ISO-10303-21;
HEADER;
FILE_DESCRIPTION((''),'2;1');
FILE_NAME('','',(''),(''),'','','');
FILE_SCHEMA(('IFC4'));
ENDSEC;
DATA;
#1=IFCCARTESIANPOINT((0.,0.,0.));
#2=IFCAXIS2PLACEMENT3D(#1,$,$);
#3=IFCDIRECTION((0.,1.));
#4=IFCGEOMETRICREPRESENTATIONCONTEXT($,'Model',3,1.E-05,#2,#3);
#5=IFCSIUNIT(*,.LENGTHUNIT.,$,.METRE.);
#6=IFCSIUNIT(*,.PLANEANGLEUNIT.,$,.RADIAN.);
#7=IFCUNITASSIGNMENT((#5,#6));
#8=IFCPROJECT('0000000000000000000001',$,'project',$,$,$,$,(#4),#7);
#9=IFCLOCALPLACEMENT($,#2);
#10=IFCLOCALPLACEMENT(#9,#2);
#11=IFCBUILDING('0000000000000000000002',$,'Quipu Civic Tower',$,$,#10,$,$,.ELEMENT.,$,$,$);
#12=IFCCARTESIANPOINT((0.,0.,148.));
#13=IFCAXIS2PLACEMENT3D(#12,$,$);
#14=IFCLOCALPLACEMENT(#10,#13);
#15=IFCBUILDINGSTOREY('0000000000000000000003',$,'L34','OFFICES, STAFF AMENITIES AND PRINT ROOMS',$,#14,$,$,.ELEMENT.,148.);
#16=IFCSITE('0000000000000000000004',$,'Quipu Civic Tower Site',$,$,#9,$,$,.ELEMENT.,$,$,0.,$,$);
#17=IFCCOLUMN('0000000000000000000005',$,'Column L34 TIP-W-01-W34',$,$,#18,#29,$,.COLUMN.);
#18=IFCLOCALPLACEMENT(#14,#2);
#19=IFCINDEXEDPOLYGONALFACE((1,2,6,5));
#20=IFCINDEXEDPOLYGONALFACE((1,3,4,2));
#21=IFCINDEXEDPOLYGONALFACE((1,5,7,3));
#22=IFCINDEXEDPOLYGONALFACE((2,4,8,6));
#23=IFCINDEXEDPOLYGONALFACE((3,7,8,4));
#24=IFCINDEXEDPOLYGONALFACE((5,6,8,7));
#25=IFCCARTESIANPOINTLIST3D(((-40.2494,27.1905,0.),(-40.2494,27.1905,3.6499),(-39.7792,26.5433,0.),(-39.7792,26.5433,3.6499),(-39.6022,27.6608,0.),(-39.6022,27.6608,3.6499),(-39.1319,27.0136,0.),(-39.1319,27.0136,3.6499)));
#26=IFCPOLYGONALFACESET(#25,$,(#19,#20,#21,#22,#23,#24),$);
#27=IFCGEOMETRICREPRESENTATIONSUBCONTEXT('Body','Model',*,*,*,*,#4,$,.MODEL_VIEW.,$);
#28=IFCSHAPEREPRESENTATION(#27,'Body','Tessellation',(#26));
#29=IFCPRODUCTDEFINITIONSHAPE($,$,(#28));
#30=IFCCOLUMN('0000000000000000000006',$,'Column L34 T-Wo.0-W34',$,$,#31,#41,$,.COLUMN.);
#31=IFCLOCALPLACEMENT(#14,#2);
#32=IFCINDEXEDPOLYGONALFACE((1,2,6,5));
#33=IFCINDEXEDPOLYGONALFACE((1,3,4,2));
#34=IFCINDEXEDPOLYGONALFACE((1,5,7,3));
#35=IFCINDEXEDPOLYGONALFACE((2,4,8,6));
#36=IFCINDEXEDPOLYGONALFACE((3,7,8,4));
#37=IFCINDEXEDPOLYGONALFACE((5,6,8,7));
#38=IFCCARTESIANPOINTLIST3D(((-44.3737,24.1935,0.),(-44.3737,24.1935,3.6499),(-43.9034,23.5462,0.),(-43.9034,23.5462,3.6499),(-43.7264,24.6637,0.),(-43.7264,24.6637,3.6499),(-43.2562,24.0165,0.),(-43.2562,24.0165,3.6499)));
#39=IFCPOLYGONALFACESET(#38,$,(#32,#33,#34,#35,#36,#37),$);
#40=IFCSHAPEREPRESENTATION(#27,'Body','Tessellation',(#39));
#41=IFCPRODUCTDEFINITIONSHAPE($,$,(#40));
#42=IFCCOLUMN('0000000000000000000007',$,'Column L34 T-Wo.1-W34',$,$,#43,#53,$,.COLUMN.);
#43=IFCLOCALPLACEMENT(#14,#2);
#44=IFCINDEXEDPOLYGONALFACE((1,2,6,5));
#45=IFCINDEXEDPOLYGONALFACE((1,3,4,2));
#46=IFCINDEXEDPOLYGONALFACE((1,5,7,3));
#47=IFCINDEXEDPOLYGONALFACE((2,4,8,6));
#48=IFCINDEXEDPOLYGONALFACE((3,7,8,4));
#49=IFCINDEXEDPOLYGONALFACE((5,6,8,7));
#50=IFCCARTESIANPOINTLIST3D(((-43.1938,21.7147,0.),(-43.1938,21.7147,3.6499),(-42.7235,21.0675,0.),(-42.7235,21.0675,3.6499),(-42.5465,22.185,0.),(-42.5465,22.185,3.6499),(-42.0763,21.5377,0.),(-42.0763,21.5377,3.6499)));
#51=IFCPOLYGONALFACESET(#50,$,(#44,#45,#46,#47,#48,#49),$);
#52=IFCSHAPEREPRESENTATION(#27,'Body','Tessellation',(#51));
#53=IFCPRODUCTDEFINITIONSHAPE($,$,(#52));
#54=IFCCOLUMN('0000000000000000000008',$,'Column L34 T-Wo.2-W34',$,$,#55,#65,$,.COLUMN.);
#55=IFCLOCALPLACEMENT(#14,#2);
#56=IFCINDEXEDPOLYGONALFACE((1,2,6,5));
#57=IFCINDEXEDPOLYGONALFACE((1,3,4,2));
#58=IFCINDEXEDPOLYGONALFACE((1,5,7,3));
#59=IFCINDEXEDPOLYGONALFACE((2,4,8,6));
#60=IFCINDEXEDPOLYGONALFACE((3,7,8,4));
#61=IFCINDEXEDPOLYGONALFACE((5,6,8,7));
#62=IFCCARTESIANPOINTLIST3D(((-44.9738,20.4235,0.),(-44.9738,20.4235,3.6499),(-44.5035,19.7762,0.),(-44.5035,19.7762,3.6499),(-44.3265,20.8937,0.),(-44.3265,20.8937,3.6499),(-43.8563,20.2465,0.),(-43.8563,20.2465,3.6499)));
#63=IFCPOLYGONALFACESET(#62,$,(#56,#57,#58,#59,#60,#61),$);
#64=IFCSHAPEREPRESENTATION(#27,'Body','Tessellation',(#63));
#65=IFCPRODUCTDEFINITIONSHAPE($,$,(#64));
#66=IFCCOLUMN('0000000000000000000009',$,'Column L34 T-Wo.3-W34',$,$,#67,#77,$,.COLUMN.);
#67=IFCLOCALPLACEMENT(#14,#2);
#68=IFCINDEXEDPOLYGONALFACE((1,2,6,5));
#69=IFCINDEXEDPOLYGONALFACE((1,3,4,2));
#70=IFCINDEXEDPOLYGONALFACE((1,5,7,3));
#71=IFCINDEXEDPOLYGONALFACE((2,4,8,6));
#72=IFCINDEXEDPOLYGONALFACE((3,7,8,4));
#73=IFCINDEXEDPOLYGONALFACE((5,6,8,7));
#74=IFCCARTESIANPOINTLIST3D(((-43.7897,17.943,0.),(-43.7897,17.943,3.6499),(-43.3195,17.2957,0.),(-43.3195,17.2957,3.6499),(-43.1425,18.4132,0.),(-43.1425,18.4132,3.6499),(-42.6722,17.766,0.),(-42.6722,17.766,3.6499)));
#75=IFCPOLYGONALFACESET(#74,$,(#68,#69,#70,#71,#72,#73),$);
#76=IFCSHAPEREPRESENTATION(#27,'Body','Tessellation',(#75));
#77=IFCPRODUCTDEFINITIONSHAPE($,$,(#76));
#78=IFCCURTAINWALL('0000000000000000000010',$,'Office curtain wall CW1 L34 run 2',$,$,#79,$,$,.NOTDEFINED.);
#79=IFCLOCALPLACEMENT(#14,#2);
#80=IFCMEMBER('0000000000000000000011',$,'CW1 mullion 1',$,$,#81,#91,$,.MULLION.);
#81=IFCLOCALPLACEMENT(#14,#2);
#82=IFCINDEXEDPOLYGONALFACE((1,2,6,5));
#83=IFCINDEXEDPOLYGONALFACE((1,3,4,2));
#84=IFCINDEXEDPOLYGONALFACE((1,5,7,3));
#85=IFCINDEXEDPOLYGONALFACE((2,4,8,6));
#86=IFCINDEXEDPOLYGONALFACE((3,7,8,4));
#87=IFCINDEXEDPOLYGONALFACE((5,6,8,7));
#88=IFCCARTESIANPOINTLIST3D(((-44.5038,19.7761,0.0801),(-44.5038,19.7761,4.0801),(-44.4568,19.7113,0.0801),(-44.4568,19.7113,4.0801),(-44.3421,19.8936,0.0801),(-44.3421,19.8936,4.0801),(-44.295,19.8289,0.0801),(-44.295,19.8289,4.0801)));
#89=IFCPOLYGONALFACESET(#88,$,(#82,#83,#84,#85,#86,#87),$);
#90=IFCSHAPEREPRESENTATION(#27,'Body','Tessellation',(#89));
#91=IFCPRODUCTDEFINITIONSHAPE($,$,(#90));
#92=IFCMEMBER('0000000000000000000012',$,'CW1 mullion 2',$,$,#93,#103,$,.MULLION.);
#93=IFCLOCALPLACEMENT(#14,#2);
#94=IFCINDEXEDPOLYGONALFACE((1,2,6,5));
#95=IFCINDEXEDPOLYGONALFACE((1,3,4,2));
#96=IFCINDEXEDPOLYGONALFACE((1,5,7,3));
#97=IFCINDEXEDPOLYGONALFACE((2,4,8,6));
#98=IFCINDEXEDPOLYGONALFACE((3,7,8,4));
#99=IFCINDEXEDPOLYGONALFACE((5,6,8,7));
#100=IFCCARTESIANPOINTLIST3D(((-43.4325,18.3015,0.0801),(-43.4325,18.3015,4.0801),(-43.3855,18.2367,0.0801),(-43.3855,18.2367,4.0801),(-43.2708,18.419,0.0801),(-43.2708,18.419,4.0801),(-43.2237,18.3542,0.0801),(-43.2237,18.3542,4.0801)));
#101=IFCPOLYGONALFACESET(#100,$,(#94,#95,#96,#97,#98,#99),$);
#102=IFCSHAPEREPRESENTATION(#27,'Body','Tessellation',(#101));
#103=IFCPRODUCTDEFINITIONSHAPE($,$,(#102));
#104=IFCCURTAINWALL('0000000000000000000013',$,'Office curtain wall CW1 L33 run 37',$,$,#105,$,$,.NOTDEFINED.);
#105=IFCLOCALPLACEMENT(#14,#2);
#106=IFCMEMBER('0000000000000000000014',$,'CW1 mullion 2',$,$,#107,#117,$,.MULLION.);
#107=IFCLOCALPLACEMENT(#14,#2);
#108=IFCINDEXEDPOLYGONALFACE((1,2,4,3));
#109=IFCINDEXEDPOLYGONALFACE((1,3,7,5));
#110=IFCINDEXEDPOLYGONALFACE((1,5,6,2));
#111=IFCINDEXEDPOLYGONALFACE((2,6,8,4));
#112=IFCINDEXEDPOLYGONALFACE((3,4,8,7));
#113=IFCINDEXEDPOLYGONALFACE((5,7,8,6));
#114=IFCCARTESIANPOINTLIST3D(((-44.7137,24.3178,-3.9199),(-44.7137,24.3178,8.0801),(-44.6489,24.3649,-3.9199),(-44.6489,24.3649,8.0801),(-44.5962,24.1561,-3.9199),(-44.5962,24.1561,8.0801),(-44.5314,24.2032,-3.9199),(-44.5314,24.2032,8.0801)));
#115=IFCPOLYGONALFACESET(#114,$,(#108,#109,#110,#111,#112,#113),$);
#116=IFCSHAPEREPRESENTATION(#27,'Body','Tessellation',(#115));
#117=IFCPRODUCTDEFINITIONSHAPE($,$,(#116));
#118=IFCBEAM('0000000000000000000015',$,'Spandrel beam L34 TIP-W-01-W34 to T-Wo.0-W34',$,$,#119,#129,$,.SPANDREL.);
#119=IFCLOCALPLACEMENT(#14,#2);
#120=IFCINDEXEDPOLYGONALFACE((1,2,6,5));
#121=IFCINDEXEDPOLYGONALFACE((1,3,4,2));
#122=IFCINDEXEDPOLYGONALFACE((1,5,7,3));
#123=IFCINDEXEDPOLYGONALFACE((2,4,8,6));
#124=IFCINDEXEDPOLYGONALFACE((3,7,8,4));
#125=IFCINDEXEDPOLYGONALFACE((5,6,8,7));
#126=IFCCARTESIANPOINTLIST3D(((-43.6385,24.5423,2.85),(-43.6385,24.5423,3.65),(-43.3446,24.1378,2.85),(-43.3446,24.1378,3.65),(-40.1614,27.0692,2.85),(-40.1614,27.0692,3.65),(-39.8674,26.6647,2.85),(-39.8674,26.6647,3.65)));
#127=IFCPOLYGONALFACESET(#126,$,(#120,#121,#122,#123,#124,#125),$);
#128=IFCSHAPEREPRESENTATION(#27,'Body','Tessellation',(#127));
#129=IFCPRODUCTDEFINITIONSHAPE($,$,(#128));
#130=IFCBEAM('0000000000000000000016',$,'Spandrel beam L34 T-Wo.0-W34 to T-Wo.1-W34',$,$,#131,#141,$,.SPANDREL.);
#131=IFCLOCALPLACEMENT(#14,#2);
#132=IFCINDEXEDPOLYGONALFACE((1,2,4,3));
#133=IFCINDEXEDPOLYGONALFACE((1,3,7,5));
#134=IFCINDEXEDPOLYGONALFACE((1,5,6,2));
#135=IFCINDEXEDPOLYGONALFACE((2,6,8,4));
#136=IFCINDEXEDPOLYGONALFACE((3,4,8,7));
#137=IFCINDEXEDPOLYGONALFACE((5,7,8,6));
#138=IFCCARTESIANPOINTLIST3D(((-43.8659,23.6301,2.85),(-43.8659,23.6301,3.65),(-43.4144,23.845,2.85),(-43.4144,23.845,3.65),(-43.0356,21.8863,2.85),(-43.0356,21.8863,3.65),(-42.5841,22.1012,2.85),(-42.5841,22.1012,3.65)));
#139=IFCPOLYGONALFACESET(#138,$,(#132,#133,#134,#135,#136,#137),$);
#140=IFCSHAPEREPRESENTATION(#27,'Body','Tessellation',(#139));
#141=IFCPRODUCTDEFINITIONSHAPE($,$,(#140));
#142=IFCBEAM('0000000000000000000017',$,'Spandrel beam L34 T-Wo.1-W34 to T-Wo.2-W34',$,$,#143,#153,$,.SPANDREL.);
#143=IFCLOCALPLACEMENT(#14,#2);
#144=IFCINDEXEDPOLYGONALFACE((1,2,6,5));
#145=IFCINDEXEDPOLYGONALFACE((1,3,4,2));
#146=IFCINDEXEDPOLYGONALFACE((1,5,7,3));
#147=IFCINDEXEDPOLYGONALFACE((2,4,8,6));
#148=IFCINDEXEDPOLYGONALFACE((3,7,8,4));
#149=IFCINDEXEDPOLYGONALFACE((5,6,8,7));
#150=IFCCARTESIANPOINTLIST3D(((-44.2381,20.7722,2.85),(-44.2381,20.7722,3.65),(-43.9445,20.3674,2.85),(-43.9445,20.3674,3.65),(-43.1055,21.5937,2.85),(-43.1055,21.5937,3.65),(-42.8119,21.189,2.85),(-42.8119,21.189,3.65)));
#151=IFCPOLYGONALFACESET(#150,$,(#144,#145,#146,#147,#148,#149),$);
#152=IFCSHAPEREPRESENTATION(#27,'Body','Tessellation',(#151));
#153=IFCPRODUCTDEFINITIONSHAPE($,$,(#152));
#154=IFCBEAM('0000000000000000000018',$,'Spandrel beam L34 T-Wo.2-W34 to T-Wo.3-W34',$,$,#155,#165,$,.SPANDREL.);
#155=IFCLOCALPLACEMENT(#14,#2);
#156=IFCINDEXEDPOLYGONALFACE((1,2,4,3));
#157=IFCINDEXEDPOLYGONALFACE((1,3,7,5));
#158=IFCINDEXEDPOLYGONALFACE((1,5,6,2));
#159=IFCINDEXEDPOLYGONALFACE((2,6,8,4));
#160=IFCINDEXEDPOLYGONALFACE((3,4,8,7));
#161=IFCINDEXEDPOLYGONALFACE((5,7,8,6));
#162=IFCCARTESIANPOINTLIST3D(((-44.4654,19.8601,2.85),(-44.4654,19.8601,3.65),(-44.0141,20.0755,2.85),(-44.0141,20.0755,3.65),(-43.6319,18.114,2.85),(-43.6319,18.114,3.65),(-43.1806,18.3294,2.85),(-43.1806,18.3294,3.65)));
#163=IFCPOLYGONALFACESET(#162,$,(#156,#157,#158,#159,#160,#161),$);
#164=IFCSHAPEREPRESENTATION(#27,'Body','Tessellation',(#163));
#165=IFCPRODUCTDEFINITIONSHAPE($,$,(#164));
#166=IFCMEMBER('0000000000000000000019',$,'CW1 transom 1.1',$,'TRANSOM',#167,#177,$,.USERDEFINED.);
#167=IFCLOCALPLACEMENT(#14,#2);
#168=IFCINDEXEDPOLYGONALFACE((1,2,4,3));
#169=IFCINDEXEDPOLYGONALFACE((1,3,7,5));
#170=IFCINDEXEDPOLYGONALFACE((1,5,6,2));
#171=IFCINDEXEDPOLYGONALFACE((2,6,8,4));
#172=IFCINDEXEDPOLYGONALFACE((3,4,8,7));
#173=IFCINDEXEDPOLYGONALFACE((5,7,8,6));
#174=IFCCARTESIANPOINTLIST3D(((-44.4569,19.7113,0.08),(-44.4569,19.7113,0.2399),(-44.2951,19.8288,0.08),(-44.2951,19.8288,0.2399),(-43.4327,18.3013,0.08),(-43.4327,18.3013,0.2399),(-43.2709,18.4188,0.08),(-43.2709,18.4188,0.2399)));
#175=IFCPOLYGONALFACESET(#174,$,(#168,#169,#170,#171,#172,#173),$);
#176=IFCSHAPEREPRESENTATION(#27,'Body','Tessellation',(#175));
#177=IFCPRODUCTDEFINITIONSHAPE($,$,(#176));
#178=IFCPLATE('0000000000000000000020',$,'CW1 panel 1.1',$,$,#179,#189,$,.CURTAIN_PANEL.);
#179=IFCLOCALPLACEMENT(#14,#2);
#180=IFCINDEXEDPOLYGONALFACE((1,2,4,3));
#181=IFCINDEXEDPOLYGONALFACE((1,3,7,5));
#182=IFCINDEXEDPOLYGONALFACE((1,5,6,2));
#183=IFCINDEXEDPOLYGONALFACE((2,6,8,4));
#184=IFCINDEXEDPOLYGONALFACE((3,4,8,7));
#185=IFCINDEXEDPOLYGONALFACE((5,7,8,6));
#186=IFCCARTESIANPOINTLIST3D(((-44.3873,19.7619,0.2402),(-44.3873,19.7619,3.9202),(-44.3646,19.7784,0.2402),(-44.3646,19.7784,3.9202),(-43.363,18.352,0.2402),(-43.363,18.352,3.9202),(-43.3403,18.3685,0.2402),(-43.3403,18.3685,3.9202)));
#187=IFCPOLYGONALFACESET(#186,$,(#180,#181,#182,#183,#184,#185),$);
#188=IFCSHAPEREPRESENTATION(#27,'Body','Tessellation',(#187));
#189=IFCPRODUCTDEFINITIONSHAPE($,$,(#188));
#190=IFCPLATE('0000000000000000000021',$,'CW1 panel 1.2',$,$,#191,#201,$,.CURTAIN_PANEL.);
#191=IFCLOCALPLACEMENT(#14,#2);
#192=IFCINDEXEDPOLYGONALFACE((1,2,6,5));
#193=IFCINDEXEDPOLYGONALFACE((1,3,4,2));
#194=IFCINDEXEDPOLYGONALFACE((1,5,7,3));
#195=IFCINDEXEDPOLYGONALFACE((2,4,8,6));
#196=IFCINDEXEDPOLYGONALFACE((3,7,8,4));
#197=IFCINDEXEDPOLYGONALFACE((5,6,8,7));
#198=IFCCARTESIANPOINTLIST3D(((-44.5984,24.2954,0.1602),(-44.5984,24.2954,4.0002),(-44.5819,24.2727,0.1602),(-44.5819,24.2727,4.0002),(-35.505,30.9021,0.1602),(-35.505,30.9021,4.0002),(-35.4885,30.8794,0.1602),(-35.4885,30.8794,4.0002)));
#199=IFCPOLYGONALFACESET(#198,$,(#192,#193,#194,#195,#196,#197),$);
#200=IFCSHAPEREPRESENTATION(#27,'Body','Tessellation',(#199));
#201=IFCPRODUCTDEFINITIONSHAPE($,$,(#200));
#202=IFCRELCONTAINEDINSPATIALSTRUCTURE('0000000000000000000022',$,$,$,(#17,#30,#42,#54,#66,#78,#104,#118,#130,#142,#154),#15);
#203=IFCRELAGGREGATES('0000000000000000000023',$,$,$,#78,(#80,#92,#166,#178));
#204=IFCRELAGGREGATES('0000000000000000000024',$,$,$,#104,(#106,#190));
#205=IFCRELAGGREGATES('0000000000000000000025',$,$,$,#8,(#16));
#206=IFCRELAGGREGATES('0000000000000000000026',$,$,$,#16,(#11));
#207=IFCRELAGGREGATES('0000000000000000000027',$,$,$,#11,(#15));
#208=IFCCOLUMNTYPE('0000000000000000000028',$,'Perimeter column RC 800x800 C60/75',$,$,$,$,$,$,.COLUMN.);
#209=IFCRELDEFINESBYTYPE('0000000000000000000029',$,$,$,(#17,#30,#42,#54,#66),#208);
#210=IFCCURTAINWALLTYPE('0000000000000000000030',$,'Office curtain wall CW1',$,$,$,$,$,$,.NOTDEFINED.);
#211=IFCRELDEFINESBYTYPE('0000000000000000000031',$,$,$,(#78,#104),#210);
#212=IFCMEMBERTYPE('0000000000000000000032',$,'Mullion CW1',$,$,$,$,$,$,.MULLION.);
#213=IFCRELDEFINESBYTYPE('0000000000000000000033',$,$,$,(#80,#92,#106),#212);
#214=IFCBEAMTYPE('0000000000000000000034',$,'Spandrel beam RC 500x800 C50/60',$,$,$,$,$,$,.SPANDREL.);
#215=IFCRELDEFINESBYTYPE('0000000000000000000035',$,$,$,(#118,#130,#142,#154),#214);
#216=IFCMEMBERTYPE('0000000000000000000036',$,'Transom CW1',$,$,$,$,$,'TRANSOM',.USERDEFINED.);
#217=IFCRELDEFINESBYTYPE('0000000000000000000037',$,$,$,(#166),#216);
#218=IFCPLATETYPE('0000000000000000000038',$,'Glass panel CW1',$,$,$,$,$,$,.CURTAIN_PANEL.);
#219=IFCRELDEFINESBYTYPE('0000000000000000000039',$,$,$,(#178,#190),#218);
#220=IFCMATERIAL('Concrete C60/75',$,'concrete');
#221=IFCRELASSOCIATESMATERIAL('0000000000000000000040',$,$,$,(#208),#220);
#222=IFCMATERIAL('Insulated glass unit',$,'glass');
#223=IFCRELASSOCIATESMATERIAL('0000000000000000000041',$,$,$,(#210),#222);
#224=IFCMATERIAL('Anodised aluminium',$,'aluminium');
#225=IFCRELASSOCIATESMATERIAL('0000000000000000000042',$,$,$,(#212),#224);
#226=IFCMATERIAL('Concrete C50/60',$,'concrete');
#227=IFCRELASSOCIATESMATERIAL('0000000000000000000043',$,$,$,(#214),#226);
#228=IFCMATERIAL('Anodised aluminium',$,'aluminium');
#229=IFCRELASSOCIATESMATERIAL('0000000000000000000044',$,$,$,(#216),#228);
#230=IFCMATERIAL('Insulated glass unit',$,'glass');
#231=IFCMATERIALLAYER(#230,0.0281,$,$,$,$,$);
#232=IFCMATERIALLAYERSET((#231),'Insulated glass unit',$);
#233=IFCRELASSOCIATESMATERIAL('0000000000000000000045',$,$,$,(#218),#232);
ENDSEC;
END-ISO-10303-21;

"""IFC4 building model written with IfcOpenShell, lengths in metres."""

from ifc_helpers import new_model, si_unit, direction, frame, origin, origin_2d, place, context, subcontext, project, spatial, rectangle, extrude, material, layer, layer_set, material_profile, profile_set, type_object, element, aggregate, save


model = new_model("IFC4")

# Units and contexts
model_context = context("Model", 3, precision=1e-05, world=origin(), true_north=direction((0.0, 1.0)))
body_context = subcontext(model_context, "Body", "Model", "MODEL_VIEW")
ifc_project = project(units=[si_unit("LENGTHUNIT", "METRE"), si_unit("PLANEANGLEUNIT", "RADIAN")], contexts=[model_context])

# Site, building, storey
site_placement = place(None, origin())
site = spatial("IfcSite", under=ifc_project, at=site_placement, Name="Quipu Civic Tower Site", CompositionType="ELEMENT", RefElevation=0.0)
building_placement = place(site_placement, origin())
building = spatial("IfcBuilding", under=site, at=building_placement, Name="Quipu Civic Tower", CompositionType="ELEMENT")
storey_placement = place(building_placement, frame((0.0, 0.0, 148.0)))
storey = spatial("IfcBuildingStorey", under=building, at=storey_placement, Name="L34", Description="OFFICES, STAFF AMENITIES AND PRINT ROOMS", CompositionType="ELEMENT", Elevation=148.0)

# Columns
ifc_material_1 = material(Name="Concrete C60/75", Category="concrete")
ifc_material_profile_1 = material_profile(ifc_material_1, rectangle(XDim=0.8, YDim=0.8, at=origin_2d()), Name="RC800x800")
ifc_profile_set_1 = profile_set([ifc_material_profile_1], Name="Concrete C60/75")
column_type = type_object("IfcColumnType", Name="Perimeter column RC 800x800 C60/75", PredefinedType="COLUMN", material=ifc_profile_set_1)
for number, where, z_axis, x_axis, name in (
    (1, (-39.6907, 27.1021, 0.0), (0.0, 0.0, 1.0), (-0.809017, -0.587785, 0.0), "Column L34 TIP-W-01-W34"),
    (2, (-43.8149, 24.105, 0.0), (0.0, 0.0, 1.0), (-0.809017, -0.587785, 0.0), "Column L34 T-Wo.0-W34"),
    (3, (-42.635, 21.6262, 0.0), (0.0, 0.0, 1.0), (-0.809017, -0.587785, 0.0), "Column L34 T-Wo.1-W34"),
    (4, (-44.415, 20.335, 0.0), (0.0, 0.0, 1.0), (0.587785, -0.809017, 0.0), "Column L34 T-Wo.2-W34"),
    (5, (-43.231, 17.8545, 0.0), (0.0, 0.0, 1.0), (0.587785, -0.809017, 0.0), "Column L34 T-Wo.3-W34"),
):
    element("IfcColumn", number, at=place(storey_placement, frame(where, z_axis=z_axis, x_axis=x_axis)), inside=storey, type_object=column_type, Name=name, PredefinedType="COLUMN", context=body_context, shape_type="SweptSolid", body=[
        extrude(rectangle(XDim=0.8, YDim=0.8, at=origin_2d()), origin(), (0.0, 0.0, 1.0), 3.6499),
    ])

# Curtain wall, members
ifc_material_2 = material(Name="Insulated glass unit", Category="glass")
curtain_wall_type = type_object("IfcCurtainWallType", Name="Office curtain wall CW1", PredefinedType="NOTDEFINED", material=ifc_material_2)
curtain_wall_1_placement = place(storey_placement, origin())
curtain_wall_1 = element("IfcCurtainWall", 6, at=curtain_wall_1_placement, inside=storey, type_object=curtain_wall_type, Name="Office curtain wall CW1 L34 run 2", PredefinedType="NOTDEFINED")
ifc_material_3 = material(Name="Anodised aluminium", Category="aluminium")
ifc_material_profile_2 = material_profile(ifc_material_3, rectangle(XDim=0.2, YDim=0.0801, at=origin_2d()), Name="RECT 200x80")
ifc_profile_set_2 = profile_set([ifc_material_profile_2], Name="Anodised aluminium")
member_type_1 = type_object("IfcMemberType", Name="Mullion CW1", PredefinedType="MULLION", material=ifc_profile_set_2)
member_1_placement = place(storey_placement, frame((-44.3994, 19.8025, 0.0801), z_axis=(0.0, 0.0, 1.0), x_axis=(0.809034, 0.587762, 0.0)))
member_1 = element("IfcMember", 7, at=member_1_placement, type_object=member_type_1, Name="CW1 mullion 1", PredefinedType="MULLION", context=body_context, shape_type="SweptSolid", body=[
    extrude(rectangle(XDim=0.2, YDim=0.0801, at=origin_2d()), origin(), (0.0, 0.0, 1.0), 4.0),
])
member_2_placement = place(storey_placement, frame((-43.3281, 18.3279, 0.0801), z_axis=(0.0, 0.0, 1.0), x_axis=(0.809034, 0.587762, 0.0)))
member_2 = element("IfcMember", 8, at=member_2_placement, type_object=member_type_1, Name="CW1 mullion 2", PredefinedType="MULLION", context=body_context, shape_type="SweptSolid", body=[
    extrude(rectangle(XDim=0.2, YDim=0.0801, at=origin_2d()), origin(), (0.0, 0.0, 1.0), 4.0),
])

# Curtain wall, member
curtain_wall_2_placement = place(storey_placement, origin())
curtain_wall_2 = element("IfcCurtainWall", 9, at=curtain_wall_2_placement, inside=storey, type_object=curtain_wall_type, Name="Office curtain wall CW1 L33 run 37", PredefinedType="NOTDEFINED")
member_3_placement = place(storey_placement, frame((-44.6226, 24.2605, -3.9199), z_axis=(0.0, 0.0, 1.0), x_axis=(0.587788, -0.809015, 0.0)))
member_3 = element("IfcMember", 10, at=member_3_placement, type_object=member_type_1, Name="CW1 mullion 2", PredefinedType="MULLION", context=body_context, shape_type="SweptSolid", body=[
    extrude(rectangle(XDim=0.2, YDim=0.0801, at=origin_2d()), origin(), (0.0, 0.0, 1.0), 12.0),
])

# Beams
ifc_material_4 = material(Name="Concrete C50/60", Category="concrete")
ifc_material_profile_3 = material_profile(ifc_material_4, rectangle(XDim=0.5, YDim=0.8, at=origin_2d()), Name="RC500x800")
ifc_profile_set_3 = profile_set([ifc_material_profile_3], Name="Concrete C50/60")
beam_type = type_object("IfcBeamType", Name="Spandrel beam RC 500x800 C50/60", PredefinedType="SPANDREL", material=ifc_profile_set_3)
beam_1_placement = place(storey_placement, frame((-40.0144, 26.8669, 3.25), z_axis=(-0.808947, -0.587881, 0.0), x_axis=(0.587881, -0.808947, 0.0)))
element("IfcBeam", 11, at=beam_1_placement, inside=storey, type_object=beam_type, Name="Spandrel beam L34 TIP-W-01-W34 to T-Wo.0-W34", PredefinedType="SPANDREL", context=body_context, shape_type="SweptSolid", body=[
    extrude(rectangle(XDim=0.5, YDim=0.8, at=origin_2d()), origin(), (0.0, 0.0, 1.0), 4.2983),
])
beam_2_placement = place(storey_placement, frame((-43.6401, 23.7375, 3.25), z_axis=(0.429889, -0.902882, 0.0), x_axis=(0.902882, 0.429889, 0.0)))
element("IfcBeam", 12, at=beam_2_placement, inside=storey, type_object=beam_type, Name="Spandrel beam L34 T-Wo.0-W34 to T-Wo.1-W34", PredefinedType="SPANDREL", context=body_context, shape_type="SweptSolid", body=[
    extrude(rectangle(XDim=0.5, YDim=0.8, at=origin_2d()), origin(), (0.0, 0.0, 1.0), 1.9314),
])
beam_3_placement = place(storey_placement, frame((-42.9587, 21.3914, 3.25), z_axis=(-0.809467, -0.587165, 0.0), x_axis=(0.587165, -0.809467, 0.0)))
element("IfcBeam", 13, at=beam_3_placement, inside=storey, type_object=beam_type, Name="Spandrel beam L34 T-Wo.1-W34 to T-Wo.2-W34", PredefinedType="SPANDREL", context=body_context, shape_type="SweptSolid", body=[
    extrude(rectangle(XDim=0.5, YDim=0.8, at=origin_2d()), origin(), (0.0, 0.0, 1.0), 1.3992),
])
beam_4_placement = place(storey_placement, frame((-44.2397, 19.9678, 3.25), z_axis=(0.430786, -0.902454, 0.0), x_axis=(0.902454, 0.430786, 0.0)))
element("IfcBeam", 14, at=beam_4_placement, inside=storey, type_object=beam_type, Name="Spandrel beam L34 T-Wo.2-W34 to T-Wo.3-W34", PredefinedType="SPANDREL", context=body_context, shape_type="SweptSolid", body=[
    extrude(rectangle(XDim=0.5, YDim=0.8, at=origin_2d()), origin(), (0.0, 0.0, 1.0), 1.9348),
])

# Member
ifc_material_5 = material(Name="Anodised aluminium", Category="aluminium")
ifc_material_profile_4 = material_profile(ifc_material_5, rectangle(XDim=0.2, YDim=0.1599, at=origin_2d()), Name="RECT 200x160")
ifc_profile_set_4 = profile_set([ifc_material_profile_4], Name="Anodised aluminium")
member_type_2 = type_object("IfcMemberType", Name="Transom CW1", ElementType="TRANSOM", PredefinedType="USERDEFINED", material=ifc_profile_set_4)
member_4_placement = place(storey_placement, frame((-44.376, 19.77, 0.1599), z_axis=(0.587713, -0.809069, 0.0), x_axis=(0.809069, 0.587713, 0.0)))
member_4 = element("IfcMember", 15, at=member_4_placement, type_object=member_type_2, Name="CW1 transom 1.1", ObjectType="TRANSOM", PredefinedType="USERDEFINED", context=body_context, shape_type="SweptSolid", body=[
    extrude(rectangle(XDim=0.2, YDim=0.1599, at=origin_2d()), origin(), (0.0, 0.0, 1.0), 1.7427),
])

# Plates
ifc_material_6 = material(Name="Insulated glass unit", Category="glass")
ifc_layer_1 = layer(ifc_material_6, 0.0281)
ifc_layer_set_1 = layer_set([ifc_layer_1], Name="Insulated glass unit")
plate_type_1 = type_object("IfcPlateType", Name="Glass panel CW1", PredefinedType="CURTAIN_PANEL", material=ifc_layer_set_1)
plate_1_placement = place(storey_placement, frame((-43.8638, 19.0652, 0.2402), z_axis=(0.0, 0.0, 1.0), x_axis=(0.587762, -0.809034, 0.0)))
plate_1 = element("IfcPlate", 16, at=plate_1_placement, type_object=plate_type_1, Name="CW1 panel 1.1", PredefinedType="CURTAIN_PANEL", context=body_context, shape_type="SweptSolid", body=[
    extrude(rectangle(XDim=1.7427, YDim=0.0281, at=origin_2d()), origin(), (0.0, 0.0, 1.0), 3.6799),
])
aggregate(curtain_wall_1, [member_1, member_2, member_4, plate_1])
plate_2_placement = place(storey_placement, frame((-40.0435, 27.5874, 0.1602), z_axis=(0.0, 0.0, 1.0), x_axis=(-0.809015, -0.587788, 0.0)))
plate_2 = element("IfcPlate", 17, at=plate_2_placement, type_object=plate_type_1, Name="CW1 panel 1.2", PredefinedType="CURTAIN_PANEL", context=body_context, shape_type="SweptSolid", body=[
    extrude(rectangle(XDim=11.24, YDim=0.0281, at=origin_2d()), origin(), (0.0, 0.0, 1.0), 3.8401),
])
aggregate(curtain_wall_2, [member_3, plate_2])

save(model, "model.ifc")
